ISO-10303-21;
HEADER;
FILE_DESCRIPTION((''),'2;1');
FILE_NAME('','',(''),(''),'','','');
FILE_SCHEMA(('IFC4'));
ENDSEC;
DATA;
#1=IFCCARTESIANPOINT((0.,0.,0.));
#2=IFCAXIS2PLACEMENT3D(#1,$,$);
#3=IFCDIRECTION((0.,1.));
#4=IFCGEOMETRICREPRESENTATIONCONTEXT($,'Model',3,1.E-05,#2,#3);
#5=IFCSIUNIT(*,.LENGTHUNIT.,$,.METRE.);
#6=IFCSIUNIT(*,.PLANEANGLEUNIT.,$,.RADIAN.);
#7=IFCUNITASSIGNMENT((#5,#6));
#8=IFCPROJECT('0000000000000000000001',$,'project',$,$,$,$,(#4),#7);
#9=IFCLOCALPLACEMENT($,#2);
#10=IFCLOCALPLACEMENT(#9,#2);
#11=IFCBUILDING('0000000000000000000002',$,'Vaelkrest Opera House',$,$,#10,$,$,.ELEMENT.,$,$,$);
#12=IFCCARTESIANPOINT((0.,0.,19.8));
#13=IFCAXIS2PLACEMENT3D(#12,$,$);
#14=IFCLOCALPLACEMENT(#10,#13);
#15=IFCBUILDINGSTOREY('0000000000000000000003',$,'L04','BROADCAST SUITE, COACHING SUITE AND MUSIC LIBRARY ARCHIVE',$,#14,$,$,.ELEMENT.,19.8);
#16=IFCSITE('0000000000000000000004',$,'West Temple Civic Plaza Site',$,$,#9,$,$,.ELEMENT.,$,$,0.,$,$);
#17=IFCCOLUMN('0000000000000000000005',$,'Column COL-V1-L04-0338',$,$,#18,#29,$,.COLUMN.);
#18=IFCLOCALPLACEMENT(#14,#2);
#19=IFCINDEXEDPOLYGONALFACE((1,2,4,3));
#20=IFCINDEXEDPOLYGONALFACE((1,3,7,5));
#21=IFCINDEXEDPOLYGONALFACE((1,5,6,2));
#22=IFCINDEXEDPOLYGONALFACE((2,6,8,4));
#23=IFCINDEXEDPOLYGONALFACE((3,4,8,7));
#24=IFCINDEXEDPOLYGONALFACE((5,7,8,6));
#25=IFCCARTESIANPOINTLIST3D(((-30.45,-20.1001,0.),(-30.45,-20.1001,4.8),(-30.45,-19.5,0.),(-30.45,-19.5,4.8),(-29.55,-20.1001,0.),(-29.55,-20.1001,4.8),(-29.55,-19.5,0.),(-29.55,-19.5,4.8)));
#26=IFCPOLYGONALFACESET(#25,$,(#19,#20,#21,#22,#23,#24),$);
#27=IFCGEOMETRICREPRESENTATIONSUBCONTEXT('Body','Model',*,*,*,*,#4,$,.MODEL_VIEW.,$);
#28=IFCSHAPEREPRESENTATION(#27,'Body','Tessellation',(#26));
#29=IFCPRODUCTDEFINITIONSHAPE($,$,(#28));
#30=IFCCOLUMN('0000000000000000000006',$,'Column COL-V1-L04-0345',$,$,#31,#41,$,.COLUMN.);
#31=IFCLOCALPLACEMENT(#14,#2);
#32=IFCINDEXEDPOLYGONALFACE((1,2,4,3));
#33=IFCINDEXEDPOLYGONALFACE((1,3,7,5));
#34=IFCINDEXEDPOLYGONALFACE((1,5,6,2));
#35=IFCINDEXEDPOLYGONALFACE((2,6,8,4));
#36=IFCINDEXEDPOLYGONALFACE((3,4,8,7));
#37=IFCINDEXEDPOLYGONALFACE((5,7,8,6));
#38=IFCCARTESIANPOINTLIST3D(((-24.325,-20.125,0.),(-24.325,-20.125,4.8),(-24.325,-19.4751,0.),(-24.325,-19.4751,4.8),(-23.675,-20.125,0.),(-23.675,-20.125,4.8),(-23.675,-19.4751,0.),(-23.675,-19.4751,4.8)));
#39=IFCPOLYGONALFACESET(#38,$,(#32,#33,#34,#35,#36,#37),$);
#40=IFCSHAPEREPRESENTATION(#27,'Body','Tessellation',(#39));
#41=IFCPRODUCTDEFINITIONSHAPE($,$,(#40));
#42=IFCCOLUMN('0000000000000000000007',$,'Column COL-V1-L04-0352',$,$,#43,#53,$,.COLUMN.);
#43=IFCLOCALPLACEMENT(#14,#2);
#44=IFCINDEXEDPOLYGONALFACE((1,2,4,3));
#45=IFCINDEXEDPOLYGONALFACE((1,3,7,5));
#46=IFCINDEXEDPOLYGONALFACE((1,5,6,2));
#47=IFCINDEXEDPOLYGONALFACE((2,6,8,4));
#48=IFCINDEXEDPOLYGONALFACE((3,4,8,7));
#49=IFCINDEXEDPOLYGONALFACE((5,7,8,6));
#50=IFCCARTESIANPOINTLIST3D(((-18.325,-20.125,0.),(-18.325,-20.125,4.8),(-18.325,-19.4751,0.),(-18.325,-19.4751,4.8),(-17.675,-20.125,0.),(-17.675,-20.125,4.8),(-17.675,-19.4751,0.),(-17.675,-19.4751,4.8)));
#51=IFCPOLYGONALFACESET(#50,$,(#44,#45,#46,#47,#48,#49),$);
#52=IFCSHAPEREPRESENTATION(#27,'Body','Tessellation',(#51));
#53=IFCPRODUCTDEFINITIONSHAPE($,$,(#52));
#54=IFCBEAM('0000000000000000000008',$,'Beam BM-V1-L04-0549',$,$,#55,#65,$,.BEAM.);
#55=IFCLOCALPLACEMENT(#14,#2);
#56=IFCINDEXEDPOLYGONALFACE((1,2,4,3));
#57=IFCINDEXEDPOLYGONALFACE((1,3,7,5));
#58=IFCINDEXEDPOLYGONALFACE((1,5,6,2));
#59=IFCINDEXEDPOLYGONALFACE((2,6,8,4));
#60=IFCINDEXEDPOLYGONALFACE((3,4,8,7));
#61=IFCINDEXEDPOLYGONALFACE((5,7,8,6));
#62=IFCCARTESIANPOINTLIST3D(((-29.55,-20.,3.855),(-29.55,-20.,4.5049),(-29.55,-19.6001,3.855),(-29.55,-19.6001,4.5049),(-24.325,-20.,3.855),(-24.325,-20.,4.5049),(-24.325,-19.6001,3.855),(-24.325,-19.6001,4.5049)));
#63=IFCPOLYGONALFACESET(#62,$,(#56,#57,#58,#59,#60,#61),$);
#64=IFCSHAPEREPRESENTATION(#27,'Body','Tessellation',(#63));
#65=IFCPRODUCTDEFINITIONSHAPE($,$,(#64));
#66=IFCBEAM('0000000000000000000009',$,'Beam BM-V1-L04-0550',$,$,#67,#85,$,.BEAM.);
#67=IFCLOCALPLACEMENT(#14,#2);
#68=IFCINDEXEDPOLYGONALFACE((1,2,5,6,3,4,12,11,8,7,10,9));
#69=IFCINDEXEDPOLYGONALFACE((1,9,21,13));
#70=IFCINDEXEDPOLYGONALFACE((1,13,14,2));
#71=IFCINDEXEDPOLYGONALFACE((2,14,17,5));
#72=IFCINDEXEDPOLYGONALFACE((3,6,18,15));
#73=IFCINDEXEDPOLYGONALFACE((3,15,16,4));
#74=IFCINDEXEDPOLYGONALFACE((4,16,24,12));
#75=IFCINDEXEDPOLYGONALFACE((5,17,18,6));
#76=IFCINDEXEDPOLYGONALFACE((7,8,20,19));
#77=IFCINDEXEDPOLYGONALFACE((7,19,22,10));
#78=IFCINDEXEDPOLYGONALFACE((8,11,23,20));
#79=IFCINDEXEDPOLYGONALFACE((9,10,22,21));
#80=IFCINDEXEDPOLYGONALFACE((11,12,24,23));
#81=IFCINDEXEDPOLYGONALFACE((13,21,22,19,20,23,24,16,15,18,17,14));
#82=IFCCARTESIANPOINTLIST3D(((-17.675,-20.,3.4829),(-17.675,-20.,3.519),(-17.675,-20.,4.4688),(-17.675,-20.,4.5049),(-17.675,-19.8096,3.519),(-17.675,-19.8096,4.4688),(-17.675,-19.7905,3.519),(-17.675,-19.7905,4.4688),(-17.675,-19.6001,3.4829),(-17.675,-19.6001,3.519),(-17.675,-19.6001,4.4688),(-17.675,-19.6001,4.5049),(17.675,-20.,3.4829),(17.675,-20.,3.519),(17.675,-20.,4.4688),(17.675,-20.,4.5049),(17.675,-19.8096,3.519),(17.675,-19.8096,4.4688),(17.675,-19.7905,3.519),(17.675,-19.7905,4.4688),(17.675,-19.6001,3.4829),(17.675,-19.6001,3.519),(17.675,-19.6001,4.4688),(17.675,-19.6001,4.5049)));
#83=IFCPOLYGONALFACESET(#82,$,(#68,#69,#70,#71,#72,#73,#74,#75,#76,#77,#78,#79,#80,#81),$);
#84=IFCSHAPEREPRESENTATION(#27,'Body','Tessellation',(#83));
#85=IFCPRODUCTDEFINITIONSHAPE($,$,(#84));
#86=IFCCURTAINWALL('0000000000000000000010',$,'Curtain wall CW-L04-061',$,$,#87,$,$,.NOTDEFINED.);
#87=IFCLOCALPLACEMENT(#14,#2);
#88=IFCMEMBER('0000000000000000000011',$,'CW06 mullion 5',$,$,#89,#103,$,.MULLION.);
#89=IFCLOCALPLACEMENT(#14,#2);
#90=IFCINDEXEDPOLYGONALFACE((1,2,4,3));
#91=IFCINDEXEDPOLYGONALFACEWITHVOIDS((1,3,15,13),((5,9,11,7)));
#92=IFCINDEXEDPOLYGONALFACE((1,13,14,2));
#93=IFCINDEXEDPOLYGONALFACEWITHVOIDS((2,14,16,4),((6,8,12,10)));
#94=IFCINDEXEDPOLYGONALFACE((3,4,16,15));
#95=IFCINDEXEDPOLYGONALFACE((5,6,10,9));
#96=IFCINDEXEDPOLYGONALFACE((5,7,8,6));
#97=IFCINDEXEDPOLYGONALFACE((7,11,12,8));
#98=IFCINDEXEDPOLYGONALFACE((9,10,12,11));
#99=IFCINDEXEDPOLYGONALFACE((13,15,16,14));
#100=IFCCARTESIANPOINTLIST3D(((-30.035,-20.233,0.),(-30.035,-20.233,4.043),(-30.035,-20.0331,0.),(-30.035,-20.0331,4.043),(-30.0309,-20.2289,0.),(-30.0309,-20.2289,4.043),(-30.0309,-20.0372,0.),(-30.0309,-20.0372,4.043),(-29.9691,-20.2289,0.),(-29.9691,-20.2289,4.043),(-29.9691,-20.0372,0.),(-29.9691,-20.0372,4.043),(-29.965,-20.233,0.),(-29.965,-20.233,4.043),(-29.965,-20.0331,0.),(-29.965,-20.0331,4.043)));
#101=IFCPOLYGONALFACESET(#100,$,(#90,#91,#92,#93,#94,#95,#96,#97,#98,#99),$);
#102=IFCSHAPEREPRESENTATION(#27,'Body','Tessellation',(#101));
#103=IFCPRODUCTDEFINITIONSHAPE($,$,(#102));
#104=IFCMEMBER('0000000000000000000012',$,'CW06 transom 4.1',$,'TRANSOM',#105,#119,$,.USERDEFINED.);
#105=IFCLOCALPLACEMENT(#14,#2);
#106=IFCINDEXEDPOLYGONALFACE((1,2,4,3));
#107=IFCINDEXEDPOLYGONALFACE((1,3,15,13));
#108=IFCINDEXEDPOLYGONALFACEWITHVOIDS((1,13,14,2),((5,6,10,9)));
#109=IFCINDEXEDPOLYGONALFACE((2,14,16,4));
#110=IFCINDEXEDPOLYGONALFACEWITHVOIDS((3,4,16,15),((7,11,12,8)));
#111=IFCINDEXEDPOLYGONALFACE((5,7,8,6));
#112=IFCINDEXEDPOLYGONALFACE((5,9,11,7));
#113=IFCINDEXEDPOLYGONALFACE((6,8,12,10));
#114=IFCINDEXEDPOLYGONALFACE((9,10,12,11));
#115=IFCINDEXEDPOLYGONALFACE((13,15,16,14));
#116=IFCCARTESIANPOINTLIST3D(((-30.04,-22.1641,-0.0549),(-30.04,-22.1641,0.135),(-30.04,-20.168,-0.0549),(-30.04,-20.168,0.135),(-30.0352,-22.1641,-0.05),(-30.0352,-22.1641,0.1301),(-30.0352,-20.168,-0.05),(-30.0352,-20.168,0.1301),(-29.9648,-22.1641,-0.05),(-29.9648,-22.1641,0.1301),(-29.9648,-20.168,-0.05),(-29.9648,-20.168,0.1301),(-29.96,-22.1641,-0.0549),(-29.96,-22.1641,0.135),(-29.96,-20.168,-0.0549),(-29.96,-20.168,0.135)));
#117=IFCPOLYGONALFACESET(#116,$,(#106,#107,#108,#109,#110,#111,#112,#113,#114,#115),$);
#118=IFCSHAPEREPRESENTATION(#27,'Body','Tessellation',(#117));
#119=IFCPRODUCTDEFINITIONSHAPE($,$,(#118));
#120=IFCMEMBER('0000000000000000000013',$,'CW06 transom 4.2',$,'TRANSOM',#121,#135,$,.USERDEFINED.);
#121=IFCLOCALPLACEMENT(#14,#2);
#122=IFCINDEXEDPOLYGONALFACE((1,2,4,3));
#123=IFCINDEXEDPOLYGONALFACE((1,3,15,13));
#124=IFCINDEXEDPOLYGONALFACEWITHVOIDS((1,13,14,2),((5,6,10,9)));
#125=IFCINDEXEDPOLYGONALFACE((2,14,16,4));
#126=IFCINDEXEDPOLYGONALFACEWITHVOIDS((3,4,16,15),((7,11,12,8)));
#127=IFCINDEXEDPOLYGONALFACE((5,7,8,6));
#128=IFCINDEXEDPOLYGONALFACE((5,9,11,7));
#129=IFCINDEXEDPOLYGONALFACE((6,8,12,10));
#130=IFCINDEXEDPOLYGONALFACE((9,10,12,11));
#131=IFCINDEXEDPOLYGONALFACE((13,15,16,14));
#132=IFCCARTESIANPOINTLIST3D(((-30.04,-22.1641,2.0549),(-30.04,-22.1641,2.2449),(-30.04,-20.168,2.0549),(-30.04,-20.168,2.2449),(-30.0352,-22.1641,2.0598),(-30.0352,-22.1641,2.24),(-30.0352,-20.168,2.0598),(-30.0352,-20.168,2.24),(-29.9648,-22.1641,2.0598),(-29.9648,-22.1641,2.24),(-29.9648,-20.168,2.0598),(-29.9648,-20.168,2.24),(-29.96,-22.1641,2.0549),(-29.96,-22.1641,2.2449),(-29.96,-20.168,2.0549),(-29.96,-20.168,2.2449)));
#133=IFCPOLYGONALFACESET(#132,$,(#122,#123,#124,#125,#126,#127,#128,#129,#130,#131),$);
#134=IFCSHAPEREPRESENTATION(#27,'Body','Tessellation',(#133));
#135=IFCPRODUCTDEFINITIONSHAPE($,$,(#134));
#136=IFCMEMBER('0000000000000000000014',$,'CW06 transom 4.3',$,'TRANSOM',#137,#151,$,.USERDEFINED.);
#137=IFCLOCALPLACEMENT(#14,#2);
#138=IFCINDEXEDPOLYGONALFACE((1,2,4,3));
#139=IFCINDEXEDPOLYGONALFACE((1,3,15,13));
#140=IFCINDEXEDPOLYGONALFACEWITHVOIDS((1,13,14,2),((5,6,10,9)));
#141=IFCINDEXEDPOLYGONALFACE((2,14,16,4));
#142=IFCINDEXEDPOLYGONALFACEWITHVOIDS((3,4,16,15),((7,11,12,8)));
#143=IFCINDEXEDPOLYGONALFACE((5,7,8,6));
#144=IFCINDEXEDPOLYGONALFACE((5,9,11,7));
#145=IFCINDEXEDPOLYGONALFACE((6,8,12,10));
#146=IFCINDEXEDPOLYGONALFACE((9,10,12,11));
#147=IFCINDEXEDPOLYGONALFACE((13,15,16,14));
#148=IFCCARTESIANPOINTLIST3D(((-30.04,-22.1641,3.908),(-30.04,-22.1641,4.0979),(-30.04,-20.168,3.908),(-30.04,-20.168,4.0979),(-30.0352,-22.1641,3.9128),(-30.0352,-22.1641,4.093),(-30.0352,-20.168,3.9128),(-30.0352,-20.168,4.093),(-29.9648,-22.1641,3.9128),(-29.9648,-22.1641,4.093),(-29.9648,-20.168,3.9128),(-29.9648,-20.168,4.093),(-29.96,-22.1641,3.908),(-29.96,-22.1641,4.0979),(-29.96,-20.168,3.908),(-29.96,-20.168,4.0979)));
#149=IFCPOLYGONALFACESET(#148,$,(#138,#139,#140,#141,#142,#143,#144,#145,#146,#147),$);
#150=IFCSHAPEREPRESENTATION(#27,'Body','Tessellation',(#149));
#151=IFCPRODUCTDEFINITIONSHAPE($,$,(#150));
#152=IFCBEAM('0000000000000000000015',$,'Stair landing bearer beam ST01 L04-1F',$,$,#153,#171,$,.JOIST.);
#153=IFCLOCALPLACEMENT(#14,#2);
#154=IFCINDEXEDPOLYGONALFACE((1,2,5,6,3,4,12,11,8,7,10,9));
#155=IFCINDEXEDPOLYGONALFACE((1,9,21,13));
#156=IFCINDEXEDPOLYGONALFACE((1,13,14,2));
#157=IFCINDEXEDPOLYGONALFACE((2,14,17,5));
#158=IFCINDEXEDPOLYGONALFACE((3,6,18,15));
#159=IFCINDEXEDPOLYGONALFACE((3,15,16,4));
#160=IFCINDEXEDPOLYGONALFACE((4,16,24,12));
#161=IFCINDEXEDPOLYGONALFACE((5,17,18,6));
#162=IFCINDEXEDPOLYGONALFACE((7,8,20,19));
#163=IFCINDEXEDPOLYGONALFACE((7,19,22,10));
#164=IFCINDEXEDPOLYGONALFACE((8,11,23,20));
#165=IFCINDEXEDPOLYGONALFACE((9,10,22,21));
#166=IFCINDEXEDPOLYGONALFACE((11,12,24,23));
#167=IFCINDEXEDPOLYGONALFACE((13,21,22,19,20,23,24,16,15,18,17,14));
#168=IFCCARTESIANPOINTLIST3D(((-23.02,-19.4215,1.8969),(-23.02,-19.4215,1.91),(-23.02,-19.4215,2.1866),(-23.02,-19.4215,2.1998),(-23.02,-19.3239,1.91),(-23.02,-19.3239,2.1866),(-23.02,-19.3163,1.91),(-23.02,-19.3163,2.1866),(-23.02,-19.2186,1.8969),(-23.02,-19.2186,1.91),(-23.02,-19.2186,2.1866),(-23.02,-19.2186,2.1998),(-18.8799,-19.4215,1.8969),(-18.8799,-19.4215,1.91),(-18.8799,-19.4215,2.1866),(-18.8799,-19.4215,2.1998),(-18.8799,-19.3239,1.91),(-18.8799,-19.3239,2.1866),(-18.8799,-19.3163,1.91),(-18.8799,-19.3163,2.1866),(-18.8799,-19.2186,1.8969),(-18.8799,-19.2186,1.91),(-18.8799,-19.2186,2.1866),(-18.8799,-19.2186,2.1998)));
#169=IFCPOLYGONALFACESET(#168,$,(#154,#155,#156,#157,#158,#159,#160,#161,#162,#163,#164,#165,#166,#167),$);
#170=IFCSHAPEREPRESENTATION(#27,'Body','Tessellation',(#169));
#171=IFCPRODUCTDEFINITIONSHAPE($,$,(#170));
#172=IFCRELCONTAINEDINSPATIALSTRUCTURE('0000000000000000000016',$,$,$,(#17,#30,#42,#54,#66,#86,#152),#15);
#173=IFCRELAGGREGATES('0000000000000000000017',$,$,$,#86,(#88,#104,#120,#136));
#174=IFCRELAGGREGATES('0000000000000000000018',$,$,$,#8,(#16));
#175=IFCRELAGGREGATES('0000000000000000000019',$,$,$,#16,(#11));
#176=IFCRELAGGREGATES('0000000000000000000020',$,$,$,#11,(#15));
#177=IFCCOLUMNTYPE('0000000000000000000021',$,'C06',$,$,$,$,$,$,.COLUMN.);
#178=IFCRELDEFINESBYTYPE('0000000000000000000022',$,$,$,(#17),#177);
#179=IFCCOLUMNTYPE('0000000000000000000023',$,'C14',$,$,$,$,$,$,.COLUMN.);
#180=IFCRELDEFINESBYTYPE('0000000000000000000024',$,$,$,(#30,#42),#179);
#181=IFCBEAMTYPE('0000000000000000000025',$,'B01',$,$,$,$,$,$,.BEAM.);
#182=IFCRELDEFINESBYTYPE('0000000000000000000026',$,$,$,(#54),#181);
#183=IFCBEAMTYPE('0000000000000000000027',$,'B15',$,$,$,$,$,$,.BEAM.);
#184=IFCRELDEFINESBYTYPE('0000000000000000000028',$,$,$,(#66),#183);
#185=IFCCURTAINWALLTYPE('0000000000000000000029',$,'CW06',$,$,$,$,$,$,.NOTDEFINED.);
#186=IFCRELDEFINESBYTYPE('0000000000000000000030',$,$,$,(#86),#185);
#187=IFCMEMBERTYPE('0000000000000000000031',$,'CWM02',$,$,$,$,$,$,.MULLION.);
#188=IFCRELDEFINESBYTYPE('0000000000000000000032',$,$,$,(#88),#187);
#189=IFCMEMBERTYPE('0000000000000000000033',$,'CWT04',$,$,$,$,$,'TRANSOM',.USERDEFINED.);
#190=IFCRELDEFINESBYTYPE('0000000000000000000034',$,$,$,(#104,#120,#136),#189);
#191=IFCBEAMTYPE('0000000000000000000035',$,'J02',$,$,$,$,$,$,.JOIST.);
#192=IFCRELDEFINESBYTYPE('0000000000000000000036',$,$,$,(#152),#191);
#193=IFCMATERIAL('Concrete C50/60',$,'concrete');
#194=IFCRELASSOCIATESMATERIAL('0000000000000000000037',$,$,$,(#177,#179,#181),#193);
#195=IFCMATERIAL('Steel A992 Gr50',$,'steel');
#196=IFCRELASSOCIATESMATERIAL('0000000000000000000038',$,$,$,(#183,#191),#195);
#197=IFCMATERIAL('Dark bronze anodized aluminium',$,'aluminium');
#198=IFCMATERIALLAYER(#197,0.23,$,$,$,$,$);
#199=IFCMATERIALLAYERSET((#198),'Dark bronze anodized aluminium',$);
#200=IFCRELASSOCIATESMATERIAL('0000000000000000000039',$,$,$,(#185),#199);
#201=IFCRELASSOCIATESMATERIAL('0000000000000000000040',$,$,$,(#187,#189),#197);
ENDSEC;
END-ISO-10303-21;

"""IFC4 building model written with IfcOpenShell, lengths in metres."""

from ifc_helpers import new_model, si_unit, direction, frame, origin, origin_2d, place, context, subcontext, project, spatial, rectangle, hollow_rectangle, i_section, extrude, material, layer, layer_set, material_profile, profile_set, type_object, element, aggregate, save


model = new_model("IFC4")

# Units and contexts
model_context = context("Model", 3, precision=1e-05, world=origin(), true_north=direction((0.0, 1.0)))
body_context = subcontext(model_context, "Body", "Model", "MODEL_VIEW")
ifc_project = project(units=[si_unit("LENGTHUNIT", "METRE"), si_unit("PLANEANGLEUNIT", "RADIAN")], contexts=[model_context])

# Site, building, storey
site_placement = place(None, origin())
site = spatial("IfcSite", under=ifc_project, at=site_placement, Name="West Temple Civic Plaza Site", CompositionType="ELEMENT", RefElevation=0.0)
building_placement = place(site_placement, origin())
building = spatial("IfcBuilding", under=site, at=building_placement, Name="Vaelkrest Opera House", CompositionType="ELEMENT")
storey_placement = place(building_placement, frame((0.0, 0.0, 19.8)))
storey = spatial("IfcBuildingStorey", under=building, at=storey_placement, Name="L04", Description="BROADCAST SUITE, COACHING SUITE AND MUSIC LIBRARY ARCHIVE", CompositionType="ELEMENT", Elevation=19.8)

# Columns
ifc_material_1 = material(Name="Concrete C50/60", Category="concrete")
ifc_material_profile_1 = material_profile(ifc_material_1, rectangle(XDim=0.6001, YDim=0.8999, at=origin_2d()), Name="RC600X900")
ifc_profile_set_1 = profile_set([ifc_material_profile_1], Name="Concrete C50/60")
column_type_1 = type_object("IfcColumnType", Name="C06", PredefinedType="COLUMN", material=ifc_profile_set_1)
column_placement = place(storey_placement, frame((-30.0, -19.8, 0.0), z_axis=(0.0, 0.0, 1.0), x_axis=(0.0, 1.0, 0.0)))
element("IfcColumn", 1, at=column_placement, inside=storey, type_object=column_type_1, Name="Column COL-V1-L04-0338", PredefinedType="COLUMN", context=body_context, shape_type="SweptSolid", body=[
    extrude(rectangle(XDim=0.6001, YDim=0.8999, at=origin_2d()), origin(), (0.0, 0.0, 1.0), 4.8),
])
ifc_material_profile_2 = material_profile(ifc_material_1, rectangle(XDim=0.6499, YDim=0.6499, at=origin_2d()), Name="RC650X650")
ifc_profile_set_2 = profile_set([ifc_material_profile_2], Name="Concrete C50/60")
column_type_2 = type_object("IfcColumnType", Name="C14", PredefinedType="COLUMN", material=ifc_profile_set_2)
for number, where, z_axis, x_axis, name in (
    (2, (-24.0, -19.8, 0.0), (0.0, 0.0, 1.0), (1.0, 0.0, 0.0), "Column COL-V1-L04-0345"),
    (3, (-18.0, -19.8, 0.0), (0.0, 0.0, 1.0), (1.0, 0.0, 0.0), "Column COL-V1-L04-0352"),
):
    element("IfcColumn", number, at=place(storey_placement, frame(where, z_axis=z_axis, x_axis=x_axis)), inside=storey, type_object=column_type_2, Name=name, PredefinedType="COLUMN", context=body_context, shape_type="SweptSolid", body=[
        extrude(rectangle(XDim=0.6499, YDim=0.6499, at=origin_2d()), origin(), (0.0, 0.0, 1.0), 4.8),
    ])

# Beams
ifc_material_profile_3 = material_profile(ifc_material_1, rectangle(XDim=0.3999, YDim=0.6499, at=origin_2d()), Name="RCB400X650")
ifc_profile_set_3 = profile_set([ifc_material_profile_3], Name="Concrete C50/60")
beam_type_1 = type_object("IfcBeamType", Name="B01", PredefinedType="BEAM", material=ifc_profile_set_3)
beam_1_placement = place(storey_placement, frame((-29.55, -19.8, 4.1799), z_axis=(1.0, 0.0, 0.0), x_axis=(0.0, 1.0, 0.0)))
element("IfcBeam", 4, at=beam_1_placement, inside=storey, type_object=beam_type_1, Name="Beam BM-V1-L04-0549", PredefinedType="BEAM", context=body_context, shape_type="SweptSolid", body=[
    extrude(rectangle(XDim=0.3999, YDim=0.6499, at=origin_2d()), origin(), (0.0, 0.0, 1.0), 5.2251),
])
ifc_material_2 = material(Name="Steel A992 Gr50", Category="steel")
ifc_material_profile_4 = material_profile(ifc_material_2, i_section(OverallWidth=0.3999, OverallDepth=1.022, WebThickness=0.019, FlangeThickness=0.0361, at=origin_2d()), Name="W40X249")
ifc_profile_set_4 = profile_set([ifc_material_profile_4], Name="Steel A992 Gr50")
beam_type_2 = type_object("IfcBeamType", Name="B15", PredefinedType="BEAM", material=ifc_profile_set_4)
beam_2_placement = place(storey_placement, frame((-17.675, -19.8, 3.9939), z_axis=(1.0, 0.0, 0.0), x_axis=(0.0, 1.0, 0.0)))
element("IfcBeam", 5, at=beam_2_placement, inside=storey, type_object=beam_type_2, Name="Beam BM-V1-L04-0550", PredefinedType="BEAM", context=body_context, shape_type="SweptSolid", body=[
    extrude(i_section(OverallWidth=0.3999, OverallDepth=1.022, WebThickness=0.019, FlangeThickness=0.0361, at=origin_2d()), origin(), (0.0, 0.0, 1.0), 35.3501),
])

# Curtain wall, members
ifc_material_3 = material(Name="Dark bronze anodized aluminium", Category="aluminium")
ifc_layer_1 = layer(ifc_material_3, 0.23)
ifc_layer_set_1 = layer_set([ifc_layer_1], Name="Dark bronze anodized aluminium")
curtain_wall_type = type_object("IfcCurtainWallType", Name="CW06", PredefinedType="NOTDEFINED", material=ifc_layer_set_1)
curtain_wall_placement = place(storey_placement, origin())
curtain_wall = element("IfcCurtainWall", 6, at=curtain_wall_placement, inside=storey, type_object=curtain_wall_type, Name="Curtain wall CW-L04-061", PredefinedType="NOTDEFINED")
ifc_material_profile_5 = material_profile(ifc_material_3, hollow_rectangle(XDim=0.0701, YDim=0.2, WallThickness=0.0042, at=origin_2d()), Name="CWM70X200")
ifc_profile_set_5 = profile_set([ifc_material_profile_5], Name="Dark bronze anodized aluminium")
member_type_1 = type_object("IfcMemberType", Name="CWM02", PredefinedType="MULLION", material=ifc_profile_set_5)
member_1_placement = place(storey_placement, frame((-30.0, -20.1331, 0.0), z_axis=(0.0, 0.0, 1.0), x_axis=(-1.0, 0.0, 0.0)))
member_1 = element("IfcMember", 7, at=member_1_placement, type_object=member_type_1, Name="CW06 mullion 5", PredefinedType="MULLION", context=body_context, shape_type="SweptSolid", body=[
    extrude(hollow_rectangle(XDim=0.0701, YDim=0.2, WallThickness=0.0042, at=origin_2d()), origin(), (0.0, 0.0, 1.0), 4.043),
])
ifc_material_profile_6 = material_profile(ifc_material_3, hollow_rectangle(XDim=0.0801, YDim=0.1899, WallThickness=0.0049, at=origin_2d()), Name="CWT80X190")
ifc_profile_set_6 = profile_set([ifc_material_profile_6], Name="Dark bronze anodized aluminium")
member_type_2 = type_object("IfcMemberType", Name="CWT04", ElementType="TRANSOM", PredefinedType="USERDEFINED", material=ifc_profile_set_6)
member_2_placement = place(storey_placement, frame((-30.0, -22.1641, 0.04), z_axis=(0.0, 1.0, 0.0), x_axis=(-1.0, 0.0, 0.0)))
member_2 = element("IfcMember", 8, at=member_2_placement, type_object=member_type_2, Name="CW06 transom 4.1", ObjectType="TRANSOM", PredefinedType="USERDEFINED", context=body_context, shape_type="SweptSolid", body=[
    extrude(hollow_rectangle(XDim=0.0801, YDim=0.1899, WallThickness=0.0049, at=origin_2d()), origin(), (0.0, 0.0, 1.0), 1.9961),
])
member_3_placement = place(storey_placement, frame((-30.0, -22.1641, 2.1499), z_axis=(0.0, 1.0, 0.0), x_axis=(-1.0, 0.0, 0.0)))
member_3 = element("IfcMember", 9, at=member_3_placement, type_object=member_type_2, Name="CW06 transom 4.2", ObjectType="TRANSOM", PredefinedType="USERDEFINED", context=body_context, shape_type="SweptSolid", body=[
    extrude(hollow_rectangle(XDim=0.0801, YDim=0.1899, WallThickness=0.0049, at=origin_2d()), origin(), (0.0, 0.0, 1.0), 1.9961),
])
member_4_placement = place(storey_placement, frame((-30.0, -22.1641, 4.0029), z_axis=(0.0, 1.0, 0.0), x_axis=(-1.0, 0.0, 0.0)))
member_4 = element("IfcMember", 10, at=member_4_placement, type_object=member_type_2, Name="CW06 transom 4.3", ObjectType="TRANSOM", PredefinedType="USERDEFINED", context=body_context, shape_type="SweptSolid", body=[
    extrude(hollow_rectangle(XDim=0.0801, YDim=0.1899, WallThickness=0.0049, at=origin_2d()), origin(), (0.0, 0.0, 1.0), 1.9961),
])

# Beam
ifc_material_profile_7 = material_profile(ifc_material_2, i_section(OverallWidth=0.2029, OverallDepth=0.303, WebThickness=0.0076, FlangeThickness=0.0132, at=origin_2d()), Name="W12X40")
ifc_profile_set_7 = profile_set([ifc_material_profile_7], Name="Steel A992 Gr50")
beam_type_3 = type_object("IfcBeamType", Name="J02", PredefinedType="JOIST", material=ifc_profile_set_7)
beam_3_placement = place(storey_placement, frame((-23.02, -19.3201, 2.0483), z_axis=(1.0, 0.0, 0.0), x_axis=(0.0, 1.0, 0.0)))
element("IfcBeam", 11, at=beam_3_placement, inside=storey, type_object=beam_type_3, Name="Stair landing bearer beam ST01 L04-1F", PredefinedType="JOIST", context=body_context, shape_type="SweptSolid", body=[
    extrude(i_section(OverallWidth=0.2029, OverallDepth=0.303, WebThickness=0.0076, FlangeThickness=0.0132, at=origin_2d()), origin(), (0.0, 0.0, 1.0), 4.1401),
])

aggregate(curtain_wall, [member_1, member_2, member_3, member_4])

save(model, "model.ifc")
